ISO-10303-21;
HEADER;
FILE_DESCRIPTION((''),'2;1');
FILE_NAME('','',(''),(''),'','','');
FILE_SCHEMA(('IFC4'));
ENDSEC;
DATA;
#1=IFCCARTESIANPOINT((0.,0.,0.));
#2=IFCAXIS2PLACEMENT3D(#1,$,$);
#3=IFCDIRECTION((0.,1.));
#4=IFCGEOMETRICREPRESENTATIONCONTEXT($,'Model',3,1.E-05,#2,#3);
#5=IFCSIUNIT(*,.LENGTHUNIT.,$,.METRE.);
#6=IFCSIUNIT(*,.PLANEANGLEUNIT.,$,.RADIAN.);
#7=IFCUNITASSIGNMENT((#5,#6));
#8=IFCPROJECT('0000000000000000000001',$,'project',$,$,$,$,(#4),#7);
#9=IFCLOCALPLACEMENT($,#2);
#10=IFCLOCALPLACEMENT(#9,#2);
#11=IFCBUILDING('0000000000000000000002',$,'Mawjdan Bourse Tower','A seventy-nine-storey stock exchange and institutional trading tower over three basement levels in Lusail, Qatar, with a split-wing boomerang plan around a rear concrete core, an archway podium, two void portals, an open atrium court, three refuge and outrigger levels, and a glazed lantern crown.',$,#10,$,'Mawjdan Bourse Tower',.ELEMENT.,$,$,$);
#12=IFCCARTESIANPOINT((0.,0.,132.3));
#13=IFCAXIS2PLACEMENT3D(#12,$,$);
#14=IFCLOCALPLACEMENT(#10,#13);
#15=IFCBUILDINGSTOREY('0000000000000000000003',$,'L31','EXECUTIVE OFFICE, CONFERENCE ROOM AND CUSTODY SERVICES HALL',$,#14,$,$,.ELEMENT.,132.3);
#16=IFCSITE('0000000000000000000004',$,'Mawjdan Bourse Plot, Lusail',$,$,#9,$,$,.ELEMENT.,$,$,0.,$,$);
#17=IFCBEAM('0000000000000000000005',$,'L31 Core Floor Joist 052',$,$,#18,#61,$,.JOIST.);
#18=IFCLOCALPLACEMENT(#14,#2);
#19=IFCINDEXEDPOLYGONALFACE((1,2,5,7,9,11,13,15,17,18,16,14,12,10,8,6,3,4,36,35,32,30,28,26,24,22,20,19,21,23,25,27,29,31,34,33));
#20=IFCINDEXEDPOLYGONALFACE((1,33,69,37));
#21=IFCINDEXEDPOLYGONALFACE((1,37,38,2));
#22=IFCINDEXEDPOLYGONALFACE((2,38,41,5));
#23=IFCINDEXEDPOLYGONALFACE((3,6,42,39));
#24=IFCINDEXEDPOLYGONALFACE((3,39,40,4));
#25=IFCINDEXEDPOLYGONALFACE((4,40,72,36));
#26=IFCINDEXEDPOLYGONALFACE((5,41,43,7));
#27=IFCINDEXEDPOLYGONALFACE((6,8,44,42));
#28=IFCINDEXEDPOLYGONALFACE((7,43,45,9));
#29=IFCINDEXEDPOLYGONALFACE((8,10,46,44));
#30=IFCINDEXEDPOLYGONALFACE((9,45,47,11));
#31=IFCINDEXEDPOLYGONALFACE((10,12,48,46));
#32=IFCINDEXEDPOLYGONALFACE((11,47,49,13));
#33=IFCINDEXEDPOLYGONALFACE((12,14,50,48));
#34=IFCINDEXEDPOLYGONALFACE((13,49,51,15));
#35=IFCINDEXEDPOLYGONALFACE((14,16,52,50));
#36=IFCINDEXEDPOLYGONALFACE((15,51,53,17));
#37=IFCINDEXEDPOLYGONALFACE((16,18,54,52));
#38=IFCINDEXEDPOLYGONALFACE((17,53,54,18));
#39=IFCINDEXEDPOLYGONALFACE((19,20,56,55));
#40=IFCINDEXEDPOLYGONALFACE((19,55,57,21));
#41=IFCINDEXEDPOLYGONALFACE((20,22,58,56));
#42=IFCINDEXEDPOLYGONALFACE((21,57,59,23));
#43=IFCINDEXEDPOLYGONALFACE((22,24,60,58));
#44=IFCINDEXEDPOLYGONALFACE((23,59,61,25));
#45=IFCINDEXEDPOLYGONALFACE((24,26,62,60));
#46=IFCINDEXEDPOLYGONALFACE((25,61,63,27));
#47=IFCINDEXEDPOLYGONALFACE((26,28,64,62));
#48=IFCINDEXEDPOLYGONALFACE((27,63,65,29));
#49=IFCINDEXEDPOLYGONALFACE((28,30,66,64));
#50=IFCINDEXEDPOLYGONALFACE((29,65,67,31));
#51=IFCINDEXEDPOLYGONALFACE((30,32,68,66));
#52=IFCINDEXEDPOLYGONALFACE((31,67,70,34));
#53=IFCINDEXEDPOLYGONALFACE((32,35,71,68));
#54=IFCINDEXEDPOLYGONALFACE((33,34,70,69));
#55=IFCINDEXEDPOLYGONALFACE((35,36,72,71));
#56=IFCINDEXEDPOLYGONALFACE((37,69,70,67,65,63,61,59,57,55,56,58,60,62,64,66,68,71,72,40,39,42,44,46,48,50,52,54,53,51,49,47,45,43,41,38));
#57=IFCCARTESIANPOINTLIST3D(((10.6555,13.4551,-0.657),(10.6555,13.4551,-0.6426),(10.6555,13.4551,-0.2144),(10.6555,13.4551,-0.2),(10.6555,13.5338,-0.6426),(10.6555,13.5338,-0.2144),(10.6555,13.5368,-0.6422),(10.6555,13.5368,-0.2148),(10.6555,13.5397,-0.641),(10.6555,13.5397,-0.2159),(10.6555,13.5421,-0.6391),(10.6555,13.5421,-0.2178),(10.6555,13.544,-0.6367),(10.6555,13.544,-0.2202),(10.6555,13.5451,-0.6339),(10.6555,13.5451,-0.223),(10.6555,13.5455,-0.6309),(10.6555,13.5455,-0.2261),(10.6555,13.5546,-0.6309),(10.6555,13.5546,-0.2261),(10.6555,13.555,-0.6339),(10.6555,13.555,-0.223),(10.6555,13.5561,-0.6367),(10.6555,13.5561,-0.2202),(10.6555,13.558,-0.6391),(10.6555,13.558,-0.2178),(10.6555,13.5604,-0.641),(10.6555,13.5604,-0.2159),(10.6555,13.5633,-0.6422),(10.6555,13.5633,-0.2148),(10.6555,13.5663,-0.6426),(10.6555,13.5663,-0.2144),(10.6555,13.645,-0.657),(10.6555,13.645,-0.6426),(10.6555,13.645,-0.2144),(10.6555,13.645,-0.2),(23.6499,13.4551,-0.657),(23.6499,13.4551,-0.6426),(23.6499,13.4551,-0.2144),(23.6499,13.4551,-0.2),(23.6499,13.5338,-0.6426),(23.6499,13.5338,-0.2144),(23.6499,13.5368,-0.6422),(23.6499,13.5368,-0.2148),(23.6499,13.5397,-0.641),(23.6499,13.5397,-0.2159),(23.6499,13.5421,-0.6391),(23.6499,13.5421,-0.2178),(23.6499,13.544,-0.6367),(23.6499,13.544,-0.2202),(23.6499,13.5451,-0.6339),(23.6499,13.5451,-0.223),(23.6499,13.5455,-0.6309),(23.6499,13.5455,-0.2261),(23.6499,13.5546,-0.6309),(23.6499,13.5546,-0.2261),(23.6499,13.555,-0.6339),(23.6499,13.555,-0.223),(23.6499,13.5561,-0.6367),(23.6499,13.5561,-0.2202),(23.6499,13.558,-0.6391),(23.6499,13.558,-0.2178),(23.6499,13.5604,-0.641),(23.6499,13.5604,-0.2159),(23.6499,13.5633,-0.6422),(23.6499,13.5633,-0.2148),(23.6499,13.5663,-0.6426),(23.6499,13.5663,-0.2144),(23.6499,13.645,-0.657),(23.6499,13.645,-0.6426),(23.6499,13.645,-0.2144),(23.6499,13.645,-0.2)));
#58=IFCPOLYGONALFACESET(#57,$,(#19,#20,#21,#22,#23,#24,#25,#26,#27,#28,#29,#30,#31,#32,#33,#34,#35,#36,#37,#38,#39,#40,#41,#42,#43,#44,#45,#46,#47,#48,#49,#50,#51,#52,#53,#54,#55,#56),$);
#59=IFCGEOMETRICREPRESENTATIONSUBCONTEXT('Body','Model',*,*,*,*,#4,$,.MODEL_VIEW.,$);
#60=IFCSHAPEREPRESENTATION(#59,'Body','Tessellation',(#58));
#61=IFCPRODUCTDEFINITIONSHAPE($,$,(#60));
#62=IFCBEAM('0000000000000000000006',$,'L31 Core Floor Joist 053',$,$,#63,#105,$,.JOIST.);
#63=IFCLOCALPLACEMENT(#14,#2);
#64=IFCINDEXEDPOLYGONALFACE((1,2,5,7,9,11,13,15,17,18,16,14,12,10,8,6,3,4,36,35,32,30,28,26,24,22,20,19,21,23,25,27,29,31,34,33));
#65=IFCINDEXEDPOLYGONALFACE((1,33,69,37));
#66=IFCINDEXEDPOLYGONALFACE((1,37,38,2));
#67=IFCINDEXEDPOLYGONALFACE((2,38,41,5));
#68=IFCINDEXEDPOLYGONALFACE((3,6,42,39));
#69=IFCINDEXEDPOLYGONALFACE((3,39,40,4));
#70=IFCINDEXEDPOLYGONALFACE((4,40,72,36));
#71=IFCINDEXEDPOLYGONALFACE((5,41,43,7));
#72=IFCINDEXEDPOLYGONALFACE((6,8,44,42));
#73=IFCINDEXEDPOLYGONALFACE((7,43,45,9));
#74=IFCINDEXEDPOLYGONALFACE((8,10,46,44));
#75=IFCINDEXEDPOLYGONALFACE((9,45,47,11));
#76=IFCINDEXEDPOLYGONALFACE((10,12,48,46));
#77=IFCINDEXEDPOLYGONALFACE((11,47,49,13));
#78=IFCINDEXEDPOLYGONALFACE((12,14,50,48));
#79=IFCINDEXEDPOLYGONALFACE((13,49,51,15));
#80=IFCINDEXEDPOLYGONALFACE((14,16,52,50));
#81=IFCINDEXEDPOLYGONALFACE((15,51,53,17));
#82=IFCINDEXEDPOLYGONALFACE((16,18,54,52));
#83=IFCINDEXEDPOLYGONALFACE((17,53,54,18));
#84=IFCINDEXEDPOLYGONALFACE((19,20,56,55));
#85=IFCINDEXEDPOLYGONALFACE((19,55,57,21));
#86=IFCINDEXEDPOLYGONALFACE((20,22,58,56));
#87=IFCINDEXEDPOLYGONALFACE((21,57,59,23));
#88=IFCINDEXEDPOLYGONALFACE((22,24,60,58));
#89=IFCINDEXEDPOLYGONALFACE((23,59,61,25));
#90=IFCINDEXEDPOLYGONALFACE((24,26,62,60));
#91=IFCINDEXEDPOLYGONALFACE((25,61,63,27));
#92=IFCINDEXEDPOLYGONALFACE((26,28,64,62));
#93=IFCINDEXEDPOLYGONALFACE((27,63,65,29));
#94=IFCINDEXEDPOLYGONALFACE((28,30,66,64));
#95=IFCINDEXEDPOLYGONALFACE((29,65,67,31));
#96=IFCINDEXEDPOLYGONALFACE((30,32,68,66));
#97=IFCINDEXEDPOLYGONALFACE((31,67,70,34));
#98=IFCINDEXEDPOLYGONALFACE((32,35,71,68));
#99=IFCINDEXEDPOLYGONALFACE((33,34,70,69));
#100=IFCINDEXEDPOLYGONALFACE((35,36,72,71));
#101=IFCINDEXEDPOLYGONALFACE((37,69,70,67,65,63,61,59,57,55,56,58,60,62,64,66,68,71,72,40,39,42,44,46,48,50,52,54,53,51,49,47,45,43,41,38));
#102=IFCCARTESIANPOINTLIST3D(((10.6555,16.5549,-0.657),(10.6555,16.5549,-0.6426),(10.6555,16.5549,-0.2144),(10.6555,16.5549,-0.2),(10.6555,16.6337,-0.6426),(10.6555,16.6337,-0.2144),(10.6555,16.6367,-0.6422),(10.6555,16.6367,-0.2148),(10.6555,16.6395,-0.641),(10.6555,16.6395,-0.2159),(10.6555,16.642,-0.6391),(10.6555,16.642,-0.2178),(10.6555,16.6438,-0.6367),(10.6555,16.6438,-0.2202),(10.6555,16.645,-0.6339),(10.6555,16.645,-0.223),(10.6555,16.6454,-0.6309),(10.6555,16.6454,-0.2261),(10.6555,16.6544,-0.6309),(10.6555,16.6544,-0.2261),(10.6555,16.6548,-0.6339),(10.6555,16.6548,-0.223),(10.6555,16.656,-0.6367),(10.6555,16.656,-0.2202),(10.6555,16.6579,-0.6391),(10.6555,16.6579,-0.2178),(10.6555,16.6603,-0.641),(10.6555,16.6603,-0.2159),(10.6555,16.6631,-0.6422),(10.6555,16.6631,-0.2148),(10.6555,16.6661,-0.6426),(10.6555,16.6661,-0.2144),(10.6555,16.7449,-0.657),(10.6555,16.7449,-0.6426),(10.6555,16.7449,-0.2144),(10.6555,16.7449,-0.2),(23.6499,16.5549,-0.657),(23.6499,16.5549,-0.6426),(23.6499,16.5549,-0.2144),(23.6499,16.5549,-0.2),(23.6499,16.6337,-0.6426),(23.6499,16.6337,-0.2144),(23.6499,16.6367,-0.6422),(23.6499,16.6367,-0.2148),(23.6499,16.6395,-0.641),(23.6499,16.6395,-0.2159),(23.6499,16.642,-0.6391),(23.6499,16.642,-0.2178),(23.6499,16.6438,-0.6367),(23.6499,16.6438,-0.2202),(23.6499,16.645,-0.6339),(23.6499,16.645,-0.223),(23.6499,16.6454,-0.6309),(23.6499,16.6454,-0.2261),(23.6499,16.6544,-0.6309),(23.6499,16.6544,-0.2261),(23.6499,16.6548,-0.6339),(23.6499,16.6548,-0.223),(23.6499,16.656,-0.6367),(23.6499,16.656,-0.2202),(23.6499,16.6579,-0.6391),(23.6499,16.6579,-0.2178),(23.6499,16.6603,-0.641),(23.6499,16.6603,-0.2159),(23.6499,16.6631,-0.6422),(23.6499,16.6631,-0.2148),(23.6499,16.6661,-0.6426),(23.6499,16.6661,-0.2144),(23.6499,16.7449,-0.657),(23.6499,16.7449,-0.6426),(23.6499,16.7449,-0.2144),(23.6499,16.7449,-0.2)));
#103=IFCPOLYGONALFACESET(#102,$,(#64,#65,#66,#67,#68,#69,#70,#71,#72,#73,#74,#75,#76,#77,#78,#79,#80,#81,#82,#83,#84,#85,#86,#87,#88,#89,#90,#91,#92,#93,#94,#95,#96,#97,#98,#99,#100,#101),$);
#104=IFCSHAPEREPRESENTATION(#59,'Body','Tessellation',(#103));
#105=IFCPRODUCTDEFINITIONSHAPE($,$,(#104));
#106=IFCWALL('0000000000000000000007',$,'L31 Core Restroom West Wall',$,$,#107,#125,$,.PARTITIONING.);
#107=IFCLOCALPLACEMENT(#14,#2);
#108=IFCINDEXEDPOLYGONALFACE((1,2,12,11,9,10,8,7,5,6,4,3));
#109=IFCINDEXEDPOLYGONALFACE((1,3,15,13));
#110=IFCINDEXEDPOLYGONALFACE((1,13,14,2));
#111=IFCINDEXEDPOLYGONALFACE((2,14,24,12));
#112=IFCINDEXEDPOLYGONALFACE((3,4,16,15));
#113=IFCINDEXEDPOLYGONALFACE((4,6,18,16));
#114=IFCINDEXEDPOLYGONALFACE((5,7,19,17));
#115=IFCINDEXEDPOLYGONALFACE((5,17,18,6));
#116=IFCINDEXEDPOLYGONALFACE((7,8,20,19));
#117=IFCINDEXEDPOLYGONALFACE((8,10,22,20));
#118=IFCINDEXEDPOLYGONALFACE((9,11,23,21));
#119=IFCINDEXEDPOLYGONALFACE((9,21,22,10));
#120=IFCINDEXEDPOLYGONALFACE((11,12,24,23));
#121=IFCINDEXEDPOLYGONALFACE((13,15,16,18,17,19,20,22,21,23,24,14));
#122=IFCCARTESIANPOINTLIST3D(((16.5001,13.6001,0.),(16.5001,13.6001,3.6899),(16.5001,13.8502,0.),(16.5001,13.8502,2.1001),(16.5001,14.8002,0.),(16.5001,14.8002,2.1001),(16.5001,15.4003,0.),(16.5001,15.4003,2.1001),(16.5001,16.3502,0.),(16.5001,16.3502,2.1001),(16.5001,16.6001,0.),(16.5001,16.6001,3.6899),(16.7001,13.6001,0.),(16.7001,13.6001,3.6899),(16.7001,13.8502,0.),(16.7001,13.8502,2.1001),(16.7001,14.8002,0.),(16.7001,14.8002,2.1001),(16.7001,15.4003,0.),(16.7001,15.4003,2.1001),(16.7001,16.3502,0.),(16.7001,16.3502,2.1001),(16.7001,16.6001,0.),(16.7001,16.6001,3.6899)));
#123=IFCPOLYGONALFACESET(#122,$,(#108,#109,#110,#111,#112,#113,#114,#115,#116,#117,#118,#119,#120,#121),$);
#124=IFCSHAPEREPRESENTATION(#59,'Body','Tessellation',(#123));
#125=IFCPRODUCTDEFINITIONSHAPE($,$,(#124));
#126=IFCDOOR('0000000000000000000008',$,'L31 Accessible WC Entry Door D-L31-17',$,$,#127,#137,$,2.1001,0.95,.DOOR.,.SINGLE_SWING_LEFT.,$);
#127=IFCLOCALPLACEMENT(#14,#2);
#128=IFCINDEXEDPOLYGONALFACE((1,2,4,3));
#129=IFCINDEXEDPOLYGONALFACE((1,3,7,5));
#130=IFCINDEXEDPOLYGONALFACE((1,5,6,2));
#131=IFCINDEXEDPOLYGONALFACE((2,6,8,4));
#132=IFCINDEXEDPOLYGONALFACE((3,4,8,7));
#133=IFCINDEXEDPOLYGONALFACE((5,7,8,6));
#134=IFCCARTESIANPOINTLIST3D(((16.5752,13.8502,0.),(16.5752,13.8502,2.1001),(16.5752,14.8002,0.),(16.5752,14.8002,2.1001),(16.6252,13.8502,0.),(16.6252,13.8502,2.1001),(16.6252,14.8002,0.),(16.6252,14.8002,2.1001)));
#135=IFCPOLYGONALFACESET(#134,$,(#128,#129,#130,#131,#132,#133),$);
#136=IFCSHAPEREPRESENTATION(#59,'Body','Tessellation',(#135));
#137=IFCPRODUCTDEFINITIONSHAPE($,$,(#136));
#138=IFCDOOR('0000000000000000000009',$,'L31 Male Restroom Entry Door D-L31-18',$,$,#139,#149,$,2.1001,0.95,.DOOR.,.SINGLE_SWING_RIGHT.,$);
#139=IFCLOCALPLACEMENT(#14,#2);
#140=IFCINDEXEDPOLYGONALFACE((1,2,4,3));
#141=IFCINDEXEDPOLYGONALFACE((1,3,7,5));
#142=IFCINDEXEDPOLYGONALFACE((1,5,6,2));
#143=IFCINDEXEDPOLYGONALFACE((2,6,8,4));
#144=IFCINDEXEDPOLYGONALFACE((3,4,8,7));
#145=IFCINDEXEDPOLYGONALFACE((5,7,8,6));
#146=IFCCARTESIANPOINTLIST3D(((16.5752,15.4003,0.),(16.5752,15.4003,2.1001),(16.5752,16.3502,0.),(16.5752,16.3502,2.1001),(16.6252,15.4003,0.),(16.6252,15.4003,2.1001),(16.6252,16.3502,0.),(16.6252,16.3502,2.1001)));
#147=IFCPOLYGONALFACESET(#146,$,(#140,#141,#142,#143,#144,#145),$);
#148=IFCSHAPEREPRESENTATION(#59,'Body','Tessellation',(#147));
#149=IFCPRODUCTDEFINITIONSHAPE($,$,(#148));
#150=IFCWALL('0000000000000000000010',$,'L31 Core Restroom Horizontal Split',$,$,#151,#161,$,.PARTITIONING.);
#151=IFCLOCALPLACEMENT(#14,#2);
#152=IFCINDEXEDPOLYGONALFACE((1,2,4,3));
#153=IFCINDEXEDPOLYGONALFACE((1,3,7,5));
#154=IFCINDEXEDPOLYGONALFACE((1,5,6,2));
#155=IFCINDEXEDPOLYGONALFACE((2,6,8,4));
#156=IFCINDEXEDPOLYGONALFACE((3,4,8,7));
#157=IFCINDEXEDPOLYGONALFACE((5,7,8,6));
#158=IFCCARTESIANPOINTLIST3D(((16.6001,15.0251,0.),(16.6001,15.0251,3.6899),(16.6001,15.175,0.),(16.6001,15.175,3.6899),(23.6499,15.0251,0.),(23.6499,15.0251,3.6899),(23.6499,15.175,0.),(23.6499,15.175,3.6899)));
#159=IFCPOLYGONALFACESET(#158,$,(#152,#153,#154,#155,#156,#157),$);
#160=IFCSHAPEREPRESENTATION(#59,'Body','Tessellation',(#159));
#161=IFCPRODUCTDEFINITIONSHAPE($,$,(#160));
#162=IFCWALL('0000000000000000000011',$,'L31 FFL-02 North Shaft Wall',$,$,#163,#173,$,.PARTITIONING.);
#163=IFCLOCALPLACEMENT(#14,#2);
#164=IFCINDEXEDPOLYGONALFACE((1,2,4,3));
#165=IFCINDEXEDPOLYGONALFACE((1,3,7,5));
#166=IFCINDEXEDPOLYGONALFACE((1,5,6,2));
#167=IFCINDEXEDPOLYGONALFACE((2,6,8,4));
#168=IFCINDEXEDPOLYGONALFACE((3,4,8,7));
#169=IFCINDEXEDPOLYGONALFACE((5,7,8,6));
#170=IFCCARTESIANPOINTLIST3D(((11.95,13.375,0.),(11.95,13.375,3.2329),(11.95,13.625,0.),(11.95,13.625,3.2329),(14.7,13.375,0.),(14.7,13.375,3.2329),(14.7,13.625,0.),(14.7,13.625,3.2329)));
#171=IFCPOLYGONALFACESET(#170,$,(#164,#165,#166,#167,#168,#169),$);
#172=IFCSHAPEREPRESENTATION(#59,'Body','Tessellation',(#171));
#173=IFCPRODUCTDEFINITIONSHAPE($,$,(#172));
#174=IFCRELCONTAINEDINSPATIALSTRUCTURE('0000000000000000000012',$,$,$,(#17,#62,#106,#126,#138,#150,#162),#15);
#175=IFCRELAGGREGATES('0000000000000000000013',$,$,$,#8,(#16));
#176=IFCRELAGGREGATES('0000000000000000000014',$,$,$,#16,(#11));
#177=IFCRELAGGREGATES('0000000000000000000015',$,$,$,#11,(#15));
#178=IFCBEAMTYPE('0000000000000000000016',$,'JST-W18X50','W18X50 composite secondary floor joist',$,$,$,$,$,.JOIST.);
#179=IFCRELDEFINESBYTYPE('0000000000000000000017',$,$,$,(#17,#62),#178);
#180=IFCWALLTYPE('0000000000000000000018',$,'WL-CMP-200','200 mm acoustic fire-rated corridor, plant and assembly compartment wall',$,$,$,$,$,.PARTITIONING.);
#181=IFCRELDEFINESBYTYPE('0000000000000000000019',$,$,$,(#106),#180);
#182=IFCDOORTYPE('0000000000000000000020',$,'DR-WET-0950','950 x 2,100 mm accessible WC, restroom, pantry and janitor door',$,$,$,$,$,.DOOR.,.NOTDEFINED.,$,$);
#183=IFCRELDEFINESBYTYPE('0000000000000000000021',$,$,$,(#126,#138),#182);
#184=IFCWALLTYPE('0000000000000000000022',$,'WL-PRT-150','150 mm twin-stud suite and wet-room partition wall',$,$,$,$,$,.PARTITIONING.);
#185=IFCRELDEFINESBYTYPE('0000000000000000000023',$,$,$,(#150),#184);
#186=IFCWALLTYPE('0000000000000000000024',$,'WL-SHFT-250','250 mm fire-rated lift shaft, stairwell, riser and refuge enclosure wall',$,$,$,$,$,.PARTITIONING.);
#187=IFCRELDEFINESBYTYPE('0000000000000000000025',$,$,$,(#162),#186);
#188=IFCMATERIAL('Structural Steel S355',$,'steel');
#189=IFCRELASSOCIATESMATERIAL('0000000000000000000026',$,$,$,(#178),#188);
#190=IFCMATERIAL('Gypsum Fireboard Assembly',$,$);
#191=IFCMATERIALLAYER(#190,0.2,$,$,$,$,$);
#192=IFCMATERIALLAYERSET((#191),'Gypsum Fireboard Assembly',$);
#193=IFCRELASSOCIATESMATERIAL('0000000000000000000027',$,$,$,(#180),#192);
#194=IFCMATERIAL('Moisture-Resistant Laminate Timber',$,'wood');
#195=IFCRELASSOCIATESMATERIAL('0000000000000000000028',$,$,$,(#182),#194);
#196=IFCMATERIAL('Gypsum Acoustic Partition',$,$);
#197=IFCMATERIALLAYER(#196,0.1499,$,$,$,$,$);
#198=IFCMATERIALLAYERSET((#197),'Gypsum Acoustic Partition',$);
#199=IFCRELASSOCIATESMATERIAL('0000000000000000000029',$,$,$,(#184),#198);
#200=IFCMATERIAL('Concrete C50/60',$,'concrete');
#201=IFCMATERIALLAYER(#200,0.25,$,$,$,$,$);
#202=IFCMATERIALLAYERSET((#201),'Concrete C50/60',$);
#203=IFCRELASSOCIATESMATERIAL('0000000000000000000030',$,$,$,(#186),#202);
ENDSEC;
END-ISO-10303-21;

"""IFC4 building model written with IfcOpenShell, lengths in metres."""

from ifc_helpers import new_model, si_unit, direction, frame, frame_2d, origin, origin_2d, place, context, subcontext, project, spatial, rectangle, i_section, extrude, material, layer, layer_set, material_profile, profile_set, type_object, element, fill, save


model = new_model("IFC4")

# Units and contexts
model_context = context("Model", 3, precision=1e-05, world=origin(), true_north=direction((0.0, 1.0)))
body_context = subcontext(model_context, "Body", "Model", "MODEL_VIEW")
ifc_project = project(units=[si_unit("LENGTHUNIT", "METRE"), si_unit("PLANEANGLEUNIT", "RADIAN")], contexts=[model_context])

# Site, building, storey
site_placement = place(None, origin())
site = spatial("IfcSite", under=ifc_project, at=site_placement, Name="Mawjdan Bourse Plot, Lusail", CompositionType="ELEMENT", RefElevation=0.0)
building_placement = place(site_placement, origin())
building = spatial("IfcBuilding", under=site, at=building_placement, Name="Mawjdan Bourse Tower", Description="A seventy-nine-storey stock exchange and institutional trading tower over three basement levels in Lusail, Qatar, with a split-wing boomerang plan around a rear concrete core, an archway podium, two void portals, an open atrium court, three refuge and outrigger levels, and a glazed lantern crown.", LongName="Mawjdan Bourse Tower", CompositionType="ELEMENT")
storey_placement = place(building_placement, frame((0.0, 0.0, 132.3)))
storey = spatial("IfcBuildingStorey", under=building, at=storey_placement, Name="L31", Description="EXECUTIVE OFFICE, CONFERENCE ROOM AND CUSTODY SERVICES HALL", CompositionType="ELEMENT", Elevation=132.3)

# Beams
ifc_material_1 = material(Name="Structural Steel S355", Category="steel")
ifc_material_profile = material_profile(ifc_material_1, i_section(OverallWidth=0.1899, OverallDepth=0.457, WebThickness=0.009, FlangeThickness=0.0144, FilletRadius=0.0117, at=origin_2d()), Name="W18X50")
ifc_profile_set = profile_set([ifc_material_profile], Name="Structural Steel S355")
beam_type = type_object("IfcBeamType", Name="JST-W18X50", Description="W18X50 composite secondary floor joist", PredefinedType="JOIST", material=ifc_profile_set)
for number, where, z_axis, x_axis, name in (
    (1, (10.6555, 13.55, -0.4285), (1.0, 0.0, 0.0), (0.0, 1.0, 0.0), "L31 Core Floor Joist 052"),
    (2, (10.6555, 16.6499, -0.4285), (1.0, 0.0, 0.0), (0.0, 1.0, 0.0), "L31 Core Floor Joist 053"),
):
    element("IfcBeam", number, at=place(storey_placement, frame(where, z_axis=z_axis, x_axis=x_axis)), inside=storey, type_object=beam_type, Name=name, PredefinedType="JOIST", context=body_context, shape_type="SweptSolid", body=[
        extrude(i_section(OverallWidth=0.1899, OverallDepth=0.457, WebThickness=0.009, FlangeThickness=0.0144, FilletRadius=0.0117, at=origin_2d()), origin(), (0.0, 0.0, 1.0), 12.9944),
    ])

# Wall, openings, doors
ifc_material_2 = material(Name="Gypsum Fireboard Assembly")
ifc_layer_1 = layer(ifc_material_2, 0.2)
ifc_layer_set_1 = layer_set([ifc_layer_1], Name="Gypsum Fireboard Assembly")
wall_type_1 = type_object("IfcWallType", Name="WL-CMP-200", Description="200 mm acoustic fire-rated corridor, plant and assembly compartment wall", PredefinedType="PARTITIONING", material=ifc_layer_set_1)
wall_1_placement = place(storey_placement, frame((16.6001, 13.6001, 0.0), z_axis=(0.0, 0.0, 1.0), x_axis=(0.0, 1.0, 0.0)))
wall_1 = element("IfcWall", 3, at=wall_1_placement, inside=storey, type_object=wall_type_1, Name="L31 Core Restroom West Wall", PredefinedType="PARTITIONING", context=body_context, shape_type="SweptSolid", body=[
    extrude(rectangle(XDim=3.0, YDim=0.2, at=frame_2d((1.5, 0.0))), origin(), (0.0, 0.0, 1.0), 3.6899),
])
opening_1_placement = place(wall_1_placement, frame((0.25, 0.0, 0.0)))
opening_1 = element("IfcOpeningElement", 4, at=opening_1_placement, cuts=wall_1, PredefinedType="OPENING", context=body_context, shape_type="SweptSolid", body=[
    extrude(rectangle(XDim=0.95, YDim=2.1001, at=frame_2d((0.4751, 1.05))), frame((0.0, 0.1099, 0.0), z_axis=(0.0, -1.0, 0.0), x_axis=(1.0, 0.0, 0.0)), (0.0, 0.0, 1.0), 0.22),
])
opening_2_placement = place(wall_1_placement, frame((1.8, 0.0, 0.0)))
opening_2 = element("IfcOpeningElement", 5, at=opening_2_placement, cuts=wall_1, PredefinedType="OPENING", context=body_context, shape_type="SweptSolid", body=[
    extrude(rectangle(XDim=0.95, YDim=2.1001, at=frame_2d((0.4751, 1.05))), frame((0.0, 0.1099, 0.0), z_axis=(0.0, -1.0, 0.0), x_axis=(1.0, 0.0, 0.0)), (0.0, 0.0, 1.0), 0.22),
])
ifc_material_3 = material(Name="Moisture-Resistant Laminate Timber", Category="wood")
door_type_1 = type_object("IfcDoorType", Name="DR-WET-0950", Description="950 x 2,100 mm accessible WC, restroom, pantry and janitor door", OperationType="NOTDEFINED", PredefinedType="DOOR", material=ifc_material_3)
door_1_placement = place(opening_1_placement, origin())
door_1 = element("IfcDoor", 6, at=door_1_placement, inside=storey, type_object=door_type_1, Name="L31 Accessible WC Entry Door D-L31-17", OperationType="SINGLE_SWING_LEFT", OverallHeight=2.1001, OverallWidth=0.95, PredefinedType="DOOR", context=body_context, shape_type="SweptSolid", body=[
    extrude(rectangle(XDim=0.95, YDim=2.1001, at=frame_2d((0.4751, 1.05))), frame((0.0, 0.0249, 0.0), z_axis=(0.0, -1.0, 0.0), x_axis=(1.0, 0.0, 0.0)), (0.0, 0.0, 1.0), 0.05),
])
fill(opening_1, door_1)
door_2_placement = place(opening_2_placement, origin())
door_2 = element("IfcDoor", 7, at=door_2_placement, inside=storey, type_object=door_type_1, Name="L31 Male Restroom Entry Door D-L31-18", OperationType="SINGLE_SWING_RIGHT", OverallHeight=2.1001, OverallWidth=0.95, PredefinedType="DOOR", context=body_context, shape_type="SweptSolid", body=[
    extrude(rectangle(XDim=0.95, YDim=2.1001, at=frame_2d((0.4751, 1.05))), frame((0.0, 0.0249, 0.0), z_axis=(0.0, -1.0, 0.0), x_axis=(1.0, 0.0, 0.0)), (0.0, 0.0, 1.0), 0.05),
])
fill(opening_2, door_2)

# Walls
ifc_material_4 = material(Name="Gypsum Acoustic Partition")
ifc_layer_2 = layer(ifc_material_4, 0.1499)
ifc_layer_set_2 = layer_set([ifc_layer_2], Name="Gypsum Acoustic Partition")
wall_type_2 = type_object("IfcWallType", Name="WL-PRT-150", Description="150 mm twin-stud suite and wet-room partition wall", PredefinedType="PARTITIONING", material=ifc_layer_set_2)
wall_2_placement = place(storey_placement, frame((16.6001, 15.1001, 0.0), z_axis=(0.0, 0.0, 1.0), x_axis=(1.0, 0.0, 0.0)))
element("IfcWall", 8, at=wall_2_placement, inside=storey, type_object=wall_type_2, Name="L31 Core Restroom Horizontal Split", PredefinedType="PARTITIONING", context=body_context, shape_type="SweptSolid", body=[
    extrude(rectangle(XDim=7.0498, YDim=0.1499, at=frame_2d((3.5249, 0.0))), origin(), (0.0, 0.0, 1.0), 3.6899),
])
ifc_material_5 = material(Name="Concrete C50/60", Category="concrete")
ifc_layer_3 = layer(ifc_material_5, 0.25)
ifc_layer_set_3 = layer_set([ifc_layer_3], Name="Concrete C50/60")
wall_type_3 = type_object("IfcWallType", Name="WL-SHFT-250", Description="250 mm fire-rated lift shaft, stairwell, riser and refuge enclosure wall", PredefinedType="PARTITIONING", material=ifc_layer_set_3)
wall_3_placement = place(storey_placement, frame((11.95, 13.5, 0.0), z_axis=(0.0, 0.0, 1.0), x_axis=(1.0, 0.0, 0.0)))
element("IfcWall", 9, at=wall_3_placement, inside=storey, type_object=wall_type_3, Name="L31 FFL-02 North Shaft Wall", PredefinedType="PARTITIONING", context=body_context, shape_type="SweptSolid", body=[
    extrude(rectangle(XDim=2.75, YDim=0.25, at=frame_2d((1.375, 0.0))), origin(), (0.0, 0.0, 1.0), 3.2329),
])

save(model, "model.ifc")
